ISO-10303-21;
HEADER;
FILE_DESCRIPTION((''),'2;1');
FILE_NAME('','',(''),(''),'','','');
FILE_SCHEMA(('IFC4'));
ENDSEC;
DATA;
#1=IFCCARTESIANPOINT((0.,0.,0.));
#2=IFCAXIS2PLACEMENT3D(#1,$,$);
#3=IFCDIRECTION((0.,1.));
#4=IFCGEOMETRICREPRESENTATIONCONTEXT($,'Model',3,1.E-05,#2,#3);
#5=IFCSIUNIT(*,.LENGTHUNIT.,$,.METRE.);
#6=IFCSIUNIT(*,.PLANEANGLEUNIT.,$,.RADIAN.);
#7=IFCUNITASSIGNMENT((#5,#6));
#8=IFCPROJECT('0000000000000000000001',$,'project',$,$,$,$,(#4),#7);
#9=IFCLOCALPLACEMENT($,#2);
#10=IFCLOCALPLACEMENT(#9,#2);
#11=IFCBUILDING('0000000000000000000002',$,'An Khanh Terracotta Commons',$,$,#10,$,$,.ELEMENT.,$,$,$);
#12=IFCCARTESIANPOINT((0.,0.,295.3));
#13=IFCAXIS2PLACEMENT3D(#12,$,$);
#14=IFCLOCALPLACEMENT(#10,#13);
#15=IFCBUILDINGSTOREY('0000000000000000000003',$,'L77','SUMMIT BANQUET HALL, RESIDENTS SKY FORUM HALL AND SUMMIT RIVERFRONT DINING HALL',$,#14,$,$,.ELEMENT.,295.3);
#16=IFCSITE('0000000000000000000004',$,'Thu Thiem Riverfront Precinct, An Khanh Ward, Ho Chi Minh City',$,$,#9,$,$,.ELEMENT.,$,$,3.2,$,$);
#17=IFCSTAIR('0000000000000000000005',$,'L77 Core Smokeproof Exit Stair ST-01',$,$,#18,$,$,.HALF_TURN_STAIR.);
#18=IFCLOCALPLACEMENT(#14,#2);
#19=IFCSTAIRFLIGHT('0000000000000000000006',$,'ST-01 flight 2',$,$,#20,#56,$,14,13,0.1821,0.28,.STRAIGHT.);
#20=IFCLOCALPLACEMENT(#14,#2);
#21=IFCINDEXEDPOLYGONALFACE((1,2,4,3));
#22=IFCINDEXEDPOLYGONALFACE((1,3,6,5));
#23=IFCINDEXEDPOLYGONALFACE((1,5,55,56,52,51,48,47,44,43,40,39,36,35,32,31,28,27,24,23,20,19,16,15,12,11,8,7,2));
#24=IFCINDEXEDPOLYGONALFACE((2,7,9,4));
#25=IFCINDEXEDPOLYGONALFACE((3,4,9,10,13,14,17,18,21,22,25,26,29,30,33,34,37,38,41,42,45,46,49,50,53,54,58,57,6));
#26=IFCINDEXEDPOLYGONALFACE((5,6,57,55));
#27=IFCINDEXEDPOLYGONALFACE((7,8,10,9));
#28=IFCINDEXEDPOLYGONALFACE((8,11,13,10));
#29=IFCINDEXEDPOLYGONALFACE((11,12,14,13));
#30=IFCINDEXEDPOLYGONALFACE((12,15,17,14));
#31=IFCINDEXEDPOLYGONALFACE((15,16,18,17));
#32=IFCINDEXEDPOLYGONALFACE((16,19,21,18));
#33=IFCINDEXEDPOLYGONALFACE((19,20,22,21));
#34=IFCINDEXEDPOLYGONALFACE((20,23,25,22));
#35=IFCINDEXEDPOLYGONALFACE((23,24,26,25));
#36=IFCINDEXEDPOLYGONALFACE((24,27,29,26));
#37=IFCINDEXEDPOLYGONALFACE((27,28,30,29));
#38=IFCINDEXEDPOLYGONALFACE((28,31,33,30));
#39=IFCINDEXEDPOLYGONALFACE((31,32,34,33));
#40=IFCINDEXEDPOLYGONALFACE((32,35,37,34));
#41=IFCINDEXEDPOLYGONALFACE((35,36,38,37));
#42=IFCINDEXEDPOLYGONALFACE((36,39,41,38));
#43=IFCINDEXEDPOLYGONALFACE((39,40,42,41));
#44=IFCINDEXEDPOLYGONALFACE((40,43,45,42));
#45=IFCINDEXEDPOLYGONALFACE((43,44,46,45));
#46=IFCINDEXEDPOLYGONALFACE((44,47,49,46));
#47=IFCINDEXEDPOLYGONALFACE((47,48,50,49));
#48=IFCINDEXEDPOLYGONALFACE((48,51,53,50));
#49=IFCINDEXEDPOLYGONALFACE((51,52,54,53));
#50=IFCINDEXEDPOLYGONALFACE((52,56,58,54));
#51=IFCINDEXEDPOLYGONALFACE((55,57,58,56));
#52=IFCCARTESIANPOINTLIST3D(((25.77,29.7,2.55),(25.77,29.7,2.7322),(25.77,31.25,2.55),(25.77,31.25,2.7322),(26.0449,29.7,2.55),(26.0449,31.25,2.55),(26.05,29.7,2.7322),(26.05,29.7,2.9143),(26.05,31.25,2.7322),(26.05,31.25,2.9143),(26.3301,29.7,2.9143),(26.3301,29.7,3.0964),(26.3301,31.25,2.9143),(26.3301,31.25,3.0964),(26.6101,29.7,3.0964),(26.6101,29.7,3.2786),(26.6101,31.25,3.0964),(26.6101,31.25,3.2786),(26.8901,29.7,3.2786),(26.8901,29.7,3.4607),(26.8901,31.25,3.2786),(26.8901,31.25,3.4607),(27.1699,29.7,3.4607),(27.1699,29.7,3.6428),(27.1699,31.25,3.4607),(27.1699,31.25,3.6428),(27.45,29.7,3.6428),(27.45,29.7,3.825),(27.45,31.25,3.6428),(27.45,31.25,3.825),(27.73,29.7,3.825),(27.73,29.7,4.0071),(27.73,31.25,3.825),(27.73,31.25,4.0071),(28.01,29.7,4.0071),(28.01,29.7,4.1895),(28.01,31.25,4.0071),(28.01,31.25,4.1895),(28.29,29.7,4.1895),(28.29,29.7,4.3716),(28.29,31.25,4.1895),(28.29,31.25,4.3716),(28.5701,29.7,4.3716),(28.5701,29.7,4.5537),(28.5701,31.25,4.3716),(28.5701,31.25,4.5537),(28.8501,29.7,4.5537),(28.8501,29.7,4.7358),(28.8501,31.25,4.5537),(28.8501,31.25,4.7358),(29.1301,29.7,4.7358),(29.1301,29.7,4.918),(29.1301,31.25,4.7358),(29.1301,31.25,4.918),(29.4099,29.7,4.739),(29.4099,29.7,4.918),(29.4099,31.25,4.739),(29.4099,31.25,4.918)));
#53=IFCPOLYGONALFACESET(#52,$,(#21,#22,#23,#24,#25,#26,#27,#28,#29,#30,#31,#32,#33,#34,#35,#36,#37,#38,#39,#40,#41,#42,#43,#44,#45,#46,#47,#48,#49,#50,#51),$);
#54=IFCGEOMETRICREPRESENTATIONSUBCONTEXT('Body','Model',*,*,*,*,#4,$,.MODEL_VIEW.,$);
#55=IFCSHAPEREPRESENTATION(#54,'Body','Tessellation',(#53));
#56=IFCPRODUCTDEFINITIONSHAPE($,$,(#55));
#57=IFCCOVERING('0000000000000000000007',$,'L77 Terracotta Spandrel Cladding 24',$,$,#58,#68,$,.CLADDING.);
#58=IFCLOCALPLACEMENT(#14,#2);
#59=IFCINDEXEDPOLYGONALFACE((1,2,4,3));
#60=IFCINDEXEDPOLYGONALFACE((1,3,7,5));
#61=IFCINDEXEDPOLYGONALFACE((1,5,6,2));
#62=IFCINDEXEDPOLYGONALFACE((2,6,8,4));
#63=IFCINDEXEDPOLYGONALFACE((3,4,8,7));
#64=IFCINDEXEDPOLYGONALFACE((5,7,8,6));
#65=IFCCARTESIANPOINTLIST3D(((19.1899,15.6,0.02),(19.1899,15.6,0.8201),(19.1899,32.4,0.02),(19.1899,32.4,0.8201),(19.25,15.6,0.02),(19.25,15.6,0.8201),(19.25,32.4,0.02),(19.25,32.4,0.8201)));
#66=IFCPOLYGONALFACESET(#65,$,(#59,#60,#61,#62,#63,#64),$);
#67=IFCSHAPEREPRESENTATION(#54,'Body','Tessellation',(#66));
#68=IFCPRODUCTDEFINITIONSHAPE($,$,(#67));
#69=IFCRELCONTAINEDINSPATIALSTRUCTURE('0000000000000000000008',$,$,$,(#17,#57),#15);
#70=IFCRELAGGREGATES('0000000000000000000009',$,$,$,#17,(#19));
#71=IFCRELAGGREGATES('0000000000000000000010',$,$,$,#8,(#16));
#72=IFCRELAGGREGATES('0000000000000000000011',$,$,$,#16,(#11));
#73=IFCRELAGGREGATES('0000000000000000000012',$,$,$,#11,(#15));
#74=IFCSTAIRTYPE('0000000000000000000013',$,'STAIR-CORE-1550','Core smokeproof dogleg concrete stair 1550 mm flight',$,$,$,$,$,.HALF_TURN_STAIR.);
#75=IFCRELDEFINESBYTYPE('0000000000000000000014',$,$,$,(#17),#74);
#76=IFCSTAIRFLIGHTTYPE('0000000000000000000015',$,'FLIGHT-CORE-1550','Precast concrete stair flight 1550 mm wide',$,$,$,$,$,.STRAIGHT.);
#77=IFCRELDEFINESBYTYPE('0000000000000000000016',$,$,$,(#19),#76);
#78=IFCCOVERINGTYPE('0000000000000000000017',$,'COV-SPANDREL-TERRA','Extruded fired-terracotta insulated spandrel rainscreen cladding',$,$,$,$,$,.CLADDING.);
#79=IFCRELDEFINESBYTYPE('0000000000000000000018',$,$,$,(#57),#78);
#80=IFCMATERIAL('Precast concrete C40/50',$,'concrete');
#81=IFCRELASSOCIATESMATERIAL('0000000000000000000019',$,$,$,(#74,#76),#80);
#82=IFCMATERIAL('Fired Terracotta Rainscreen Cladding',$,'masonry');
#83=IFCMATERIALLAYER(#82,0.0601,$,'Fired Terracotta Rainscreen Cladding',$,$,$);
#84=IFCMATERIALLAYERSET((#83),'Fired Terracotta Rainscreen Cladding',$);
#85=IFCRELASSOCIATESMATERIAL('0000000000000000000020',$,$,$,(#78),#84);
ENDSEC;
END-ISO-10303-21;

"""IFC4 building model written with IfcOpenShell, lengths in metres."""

from ifc_helpers import new_model, si_unit, direction, frame, origin, origin_2d, place, context, subcontext, project, spatial, polyline, rectangle, outline, extrude, material, layer, layer_set, type_object, element, aggregate, save


model = new_model("IFC4")

# Units and contexts
model_context = context("Model", 3, precision=1e-05, world=origin(), true_north=direction((0.0, 1.0)))
body_context = subcontext(model_context, "Body", "Model", "MODEL_VIEW")
ifc_project = project(units=[si_unit("LENGTHUNIT", "METRE"), si_unit("PLANEANGLEUNIT", "RADIAN")], contexts=[model_context])

# Site, building, storey
site_placement = place(None, origin())
site = spatial("IfcSite", under=ifc_project, at=site_placement, Name="Thu Thiem Riverfront Precinct, An Khanh Ward, Ho Chi Minh City", CompositionType="ELEMENT", RefElevation=3.2)
building_placement = place(site_placement, origin())
building = spatial("IfcBuilding", under=site, at=building_placement, Name="An Khanh Terracotta Commons", CompositionType="ELEMENT")
storey_placement = place(building_placement, frame((0.0, 0.0, 295.3)))
storey = spatial("IfcBuildingStorey", under=building, at=storey_placement, Name="L77", Description="SUMMIT BANQUET HALL, RESIDENTS SKY FORUM HALL AND SUMMIT RIVERFRONT DINING HALL", CompositionType="ELEMENT", Elevation=295.3)

# Shared definitions
ifc_material_1 = material(Name="Precast concrete C40/50", Category="concrete")

# Stair, stair flight
stair_type = type_object("IfcStairType", Name="STAIR-CORE-1550", Description="Core smokeproof dogleg concrete stair 1550 mm flight", PredefinedType="HALF_TURN_STAIR", material=ifc_material_1)
stair_placement = place(storey_placement, origin())
stair = element("IfcStair", 1, at=stair_placement, inside=storey, type_object=stair_type, Name="L77 Core Smokeproof Exit Stair ST-01", PredefinedType="HALF_TURN_STAIR")
stair_flight_type = type_object("IfcStairFlightType", Name="FLIGHT-CORE-1550", Description="Precast concrete stair flight 1550 mm wide", PredefinedType="STRAIGHT", material=ifc_material_1)
stair_flight_placement = place(storey_placement, frame((25.77, 30.4751, 2.55), z_axis=(0.0, 0.0, 1.0), x_axis=(1.0, 0.0, 0.0)))
stair_flight = element("IfcStairFlight", 2, at=stair_flight_placement, type_object=stair_flight_type, Name="ST-01 flight 2", NumberOfRisers=14, NumberOfTreads=13, PredefinedType="STRAIGHT", RiserHeight=0.1821, TreadLength=0.28, context=body_context, shape_type="SweptSolid", body=[
    extrude(outline(polyline([(0.0, 0.0), (0.0, 0.1821), (0.28, 0.1821), (0.28, 0.3643), (0.5601, 0.3643), (0.5601, 0.5464), (0.8401, 0.5464), (0.8401, 0.7285), (1.1201, 0.7285), (1.1201, 0.9106), (1.3999, 0.9106), (1.3999, 1.0928), (1.6799, 1.0928), (1.6799, 1.2749), (1.96, 1.2749), (1.96, 1.457), (2.24, 1.457), (2.24, 1.6394), (2.52, 1.6394), (2.52, 1.8215), (2.8, 1.8215), (2.8, 2.0037), (3.0801, 2.0037), (3.0801, 2.1858), (3.3601, 2.1858), (3.3601, 2.3679), (3.6399, 2.3679), (3.6399, 2.55), (3.6399, 2.189), (0.2749, 0.0), (0.0, 0.0)])), frame((0.0, 0.7749, 0.0), z_axis=(0.0, -1.0, 0.0), x_axis=(1.0, 0.0, 0.0)), (0.0, 0.0, 1.0), 1.55),
])
aggregate(stair, [stair_flight])

# Covering
ifc_material_2 = material(Name="Fired Terracotta Rainscreen Cladding", Category="masonry")
ifc_layer_1 = layer(ifc_material_2, 0.0601, Name="Fired Terracotta Rainscreen Cladding")
ifc_layer_set_1 = layer_set([ifc_layer_1], Name="Fired Terracotta Rainscreen Cladding")
covering_type = type_object("IfcCoveringType", Name="COV-SPANDREL-TERRA", Description="Extruded fired-terracotta insulated spandrel rainscreen cladding", PredefinedType="CLADDING", material=ifc_layer_set_1)
covering_placement = place(storey_placement, frame((19.22, 24.0, 0.02), z_axis=(0.0, 0.0, 1.0), x_axis=(0.0, -1.0, 0.0)))
element("IfcCovering", 3, at=covering_placement, inside=storey, type_object=covering_type, Name="L77 Terracotta Spandrel Cladding 24", PredefinedType="CLADDING", context=body_context, shape_type="SweptSolid", body=[
    extrude(rectangle(XDim=16.8, YDim=0.0601, at=origin_2d()), origin(), (0.0, 0.0, 1.0), 0.8),
])

save(model, "model.ifc")
